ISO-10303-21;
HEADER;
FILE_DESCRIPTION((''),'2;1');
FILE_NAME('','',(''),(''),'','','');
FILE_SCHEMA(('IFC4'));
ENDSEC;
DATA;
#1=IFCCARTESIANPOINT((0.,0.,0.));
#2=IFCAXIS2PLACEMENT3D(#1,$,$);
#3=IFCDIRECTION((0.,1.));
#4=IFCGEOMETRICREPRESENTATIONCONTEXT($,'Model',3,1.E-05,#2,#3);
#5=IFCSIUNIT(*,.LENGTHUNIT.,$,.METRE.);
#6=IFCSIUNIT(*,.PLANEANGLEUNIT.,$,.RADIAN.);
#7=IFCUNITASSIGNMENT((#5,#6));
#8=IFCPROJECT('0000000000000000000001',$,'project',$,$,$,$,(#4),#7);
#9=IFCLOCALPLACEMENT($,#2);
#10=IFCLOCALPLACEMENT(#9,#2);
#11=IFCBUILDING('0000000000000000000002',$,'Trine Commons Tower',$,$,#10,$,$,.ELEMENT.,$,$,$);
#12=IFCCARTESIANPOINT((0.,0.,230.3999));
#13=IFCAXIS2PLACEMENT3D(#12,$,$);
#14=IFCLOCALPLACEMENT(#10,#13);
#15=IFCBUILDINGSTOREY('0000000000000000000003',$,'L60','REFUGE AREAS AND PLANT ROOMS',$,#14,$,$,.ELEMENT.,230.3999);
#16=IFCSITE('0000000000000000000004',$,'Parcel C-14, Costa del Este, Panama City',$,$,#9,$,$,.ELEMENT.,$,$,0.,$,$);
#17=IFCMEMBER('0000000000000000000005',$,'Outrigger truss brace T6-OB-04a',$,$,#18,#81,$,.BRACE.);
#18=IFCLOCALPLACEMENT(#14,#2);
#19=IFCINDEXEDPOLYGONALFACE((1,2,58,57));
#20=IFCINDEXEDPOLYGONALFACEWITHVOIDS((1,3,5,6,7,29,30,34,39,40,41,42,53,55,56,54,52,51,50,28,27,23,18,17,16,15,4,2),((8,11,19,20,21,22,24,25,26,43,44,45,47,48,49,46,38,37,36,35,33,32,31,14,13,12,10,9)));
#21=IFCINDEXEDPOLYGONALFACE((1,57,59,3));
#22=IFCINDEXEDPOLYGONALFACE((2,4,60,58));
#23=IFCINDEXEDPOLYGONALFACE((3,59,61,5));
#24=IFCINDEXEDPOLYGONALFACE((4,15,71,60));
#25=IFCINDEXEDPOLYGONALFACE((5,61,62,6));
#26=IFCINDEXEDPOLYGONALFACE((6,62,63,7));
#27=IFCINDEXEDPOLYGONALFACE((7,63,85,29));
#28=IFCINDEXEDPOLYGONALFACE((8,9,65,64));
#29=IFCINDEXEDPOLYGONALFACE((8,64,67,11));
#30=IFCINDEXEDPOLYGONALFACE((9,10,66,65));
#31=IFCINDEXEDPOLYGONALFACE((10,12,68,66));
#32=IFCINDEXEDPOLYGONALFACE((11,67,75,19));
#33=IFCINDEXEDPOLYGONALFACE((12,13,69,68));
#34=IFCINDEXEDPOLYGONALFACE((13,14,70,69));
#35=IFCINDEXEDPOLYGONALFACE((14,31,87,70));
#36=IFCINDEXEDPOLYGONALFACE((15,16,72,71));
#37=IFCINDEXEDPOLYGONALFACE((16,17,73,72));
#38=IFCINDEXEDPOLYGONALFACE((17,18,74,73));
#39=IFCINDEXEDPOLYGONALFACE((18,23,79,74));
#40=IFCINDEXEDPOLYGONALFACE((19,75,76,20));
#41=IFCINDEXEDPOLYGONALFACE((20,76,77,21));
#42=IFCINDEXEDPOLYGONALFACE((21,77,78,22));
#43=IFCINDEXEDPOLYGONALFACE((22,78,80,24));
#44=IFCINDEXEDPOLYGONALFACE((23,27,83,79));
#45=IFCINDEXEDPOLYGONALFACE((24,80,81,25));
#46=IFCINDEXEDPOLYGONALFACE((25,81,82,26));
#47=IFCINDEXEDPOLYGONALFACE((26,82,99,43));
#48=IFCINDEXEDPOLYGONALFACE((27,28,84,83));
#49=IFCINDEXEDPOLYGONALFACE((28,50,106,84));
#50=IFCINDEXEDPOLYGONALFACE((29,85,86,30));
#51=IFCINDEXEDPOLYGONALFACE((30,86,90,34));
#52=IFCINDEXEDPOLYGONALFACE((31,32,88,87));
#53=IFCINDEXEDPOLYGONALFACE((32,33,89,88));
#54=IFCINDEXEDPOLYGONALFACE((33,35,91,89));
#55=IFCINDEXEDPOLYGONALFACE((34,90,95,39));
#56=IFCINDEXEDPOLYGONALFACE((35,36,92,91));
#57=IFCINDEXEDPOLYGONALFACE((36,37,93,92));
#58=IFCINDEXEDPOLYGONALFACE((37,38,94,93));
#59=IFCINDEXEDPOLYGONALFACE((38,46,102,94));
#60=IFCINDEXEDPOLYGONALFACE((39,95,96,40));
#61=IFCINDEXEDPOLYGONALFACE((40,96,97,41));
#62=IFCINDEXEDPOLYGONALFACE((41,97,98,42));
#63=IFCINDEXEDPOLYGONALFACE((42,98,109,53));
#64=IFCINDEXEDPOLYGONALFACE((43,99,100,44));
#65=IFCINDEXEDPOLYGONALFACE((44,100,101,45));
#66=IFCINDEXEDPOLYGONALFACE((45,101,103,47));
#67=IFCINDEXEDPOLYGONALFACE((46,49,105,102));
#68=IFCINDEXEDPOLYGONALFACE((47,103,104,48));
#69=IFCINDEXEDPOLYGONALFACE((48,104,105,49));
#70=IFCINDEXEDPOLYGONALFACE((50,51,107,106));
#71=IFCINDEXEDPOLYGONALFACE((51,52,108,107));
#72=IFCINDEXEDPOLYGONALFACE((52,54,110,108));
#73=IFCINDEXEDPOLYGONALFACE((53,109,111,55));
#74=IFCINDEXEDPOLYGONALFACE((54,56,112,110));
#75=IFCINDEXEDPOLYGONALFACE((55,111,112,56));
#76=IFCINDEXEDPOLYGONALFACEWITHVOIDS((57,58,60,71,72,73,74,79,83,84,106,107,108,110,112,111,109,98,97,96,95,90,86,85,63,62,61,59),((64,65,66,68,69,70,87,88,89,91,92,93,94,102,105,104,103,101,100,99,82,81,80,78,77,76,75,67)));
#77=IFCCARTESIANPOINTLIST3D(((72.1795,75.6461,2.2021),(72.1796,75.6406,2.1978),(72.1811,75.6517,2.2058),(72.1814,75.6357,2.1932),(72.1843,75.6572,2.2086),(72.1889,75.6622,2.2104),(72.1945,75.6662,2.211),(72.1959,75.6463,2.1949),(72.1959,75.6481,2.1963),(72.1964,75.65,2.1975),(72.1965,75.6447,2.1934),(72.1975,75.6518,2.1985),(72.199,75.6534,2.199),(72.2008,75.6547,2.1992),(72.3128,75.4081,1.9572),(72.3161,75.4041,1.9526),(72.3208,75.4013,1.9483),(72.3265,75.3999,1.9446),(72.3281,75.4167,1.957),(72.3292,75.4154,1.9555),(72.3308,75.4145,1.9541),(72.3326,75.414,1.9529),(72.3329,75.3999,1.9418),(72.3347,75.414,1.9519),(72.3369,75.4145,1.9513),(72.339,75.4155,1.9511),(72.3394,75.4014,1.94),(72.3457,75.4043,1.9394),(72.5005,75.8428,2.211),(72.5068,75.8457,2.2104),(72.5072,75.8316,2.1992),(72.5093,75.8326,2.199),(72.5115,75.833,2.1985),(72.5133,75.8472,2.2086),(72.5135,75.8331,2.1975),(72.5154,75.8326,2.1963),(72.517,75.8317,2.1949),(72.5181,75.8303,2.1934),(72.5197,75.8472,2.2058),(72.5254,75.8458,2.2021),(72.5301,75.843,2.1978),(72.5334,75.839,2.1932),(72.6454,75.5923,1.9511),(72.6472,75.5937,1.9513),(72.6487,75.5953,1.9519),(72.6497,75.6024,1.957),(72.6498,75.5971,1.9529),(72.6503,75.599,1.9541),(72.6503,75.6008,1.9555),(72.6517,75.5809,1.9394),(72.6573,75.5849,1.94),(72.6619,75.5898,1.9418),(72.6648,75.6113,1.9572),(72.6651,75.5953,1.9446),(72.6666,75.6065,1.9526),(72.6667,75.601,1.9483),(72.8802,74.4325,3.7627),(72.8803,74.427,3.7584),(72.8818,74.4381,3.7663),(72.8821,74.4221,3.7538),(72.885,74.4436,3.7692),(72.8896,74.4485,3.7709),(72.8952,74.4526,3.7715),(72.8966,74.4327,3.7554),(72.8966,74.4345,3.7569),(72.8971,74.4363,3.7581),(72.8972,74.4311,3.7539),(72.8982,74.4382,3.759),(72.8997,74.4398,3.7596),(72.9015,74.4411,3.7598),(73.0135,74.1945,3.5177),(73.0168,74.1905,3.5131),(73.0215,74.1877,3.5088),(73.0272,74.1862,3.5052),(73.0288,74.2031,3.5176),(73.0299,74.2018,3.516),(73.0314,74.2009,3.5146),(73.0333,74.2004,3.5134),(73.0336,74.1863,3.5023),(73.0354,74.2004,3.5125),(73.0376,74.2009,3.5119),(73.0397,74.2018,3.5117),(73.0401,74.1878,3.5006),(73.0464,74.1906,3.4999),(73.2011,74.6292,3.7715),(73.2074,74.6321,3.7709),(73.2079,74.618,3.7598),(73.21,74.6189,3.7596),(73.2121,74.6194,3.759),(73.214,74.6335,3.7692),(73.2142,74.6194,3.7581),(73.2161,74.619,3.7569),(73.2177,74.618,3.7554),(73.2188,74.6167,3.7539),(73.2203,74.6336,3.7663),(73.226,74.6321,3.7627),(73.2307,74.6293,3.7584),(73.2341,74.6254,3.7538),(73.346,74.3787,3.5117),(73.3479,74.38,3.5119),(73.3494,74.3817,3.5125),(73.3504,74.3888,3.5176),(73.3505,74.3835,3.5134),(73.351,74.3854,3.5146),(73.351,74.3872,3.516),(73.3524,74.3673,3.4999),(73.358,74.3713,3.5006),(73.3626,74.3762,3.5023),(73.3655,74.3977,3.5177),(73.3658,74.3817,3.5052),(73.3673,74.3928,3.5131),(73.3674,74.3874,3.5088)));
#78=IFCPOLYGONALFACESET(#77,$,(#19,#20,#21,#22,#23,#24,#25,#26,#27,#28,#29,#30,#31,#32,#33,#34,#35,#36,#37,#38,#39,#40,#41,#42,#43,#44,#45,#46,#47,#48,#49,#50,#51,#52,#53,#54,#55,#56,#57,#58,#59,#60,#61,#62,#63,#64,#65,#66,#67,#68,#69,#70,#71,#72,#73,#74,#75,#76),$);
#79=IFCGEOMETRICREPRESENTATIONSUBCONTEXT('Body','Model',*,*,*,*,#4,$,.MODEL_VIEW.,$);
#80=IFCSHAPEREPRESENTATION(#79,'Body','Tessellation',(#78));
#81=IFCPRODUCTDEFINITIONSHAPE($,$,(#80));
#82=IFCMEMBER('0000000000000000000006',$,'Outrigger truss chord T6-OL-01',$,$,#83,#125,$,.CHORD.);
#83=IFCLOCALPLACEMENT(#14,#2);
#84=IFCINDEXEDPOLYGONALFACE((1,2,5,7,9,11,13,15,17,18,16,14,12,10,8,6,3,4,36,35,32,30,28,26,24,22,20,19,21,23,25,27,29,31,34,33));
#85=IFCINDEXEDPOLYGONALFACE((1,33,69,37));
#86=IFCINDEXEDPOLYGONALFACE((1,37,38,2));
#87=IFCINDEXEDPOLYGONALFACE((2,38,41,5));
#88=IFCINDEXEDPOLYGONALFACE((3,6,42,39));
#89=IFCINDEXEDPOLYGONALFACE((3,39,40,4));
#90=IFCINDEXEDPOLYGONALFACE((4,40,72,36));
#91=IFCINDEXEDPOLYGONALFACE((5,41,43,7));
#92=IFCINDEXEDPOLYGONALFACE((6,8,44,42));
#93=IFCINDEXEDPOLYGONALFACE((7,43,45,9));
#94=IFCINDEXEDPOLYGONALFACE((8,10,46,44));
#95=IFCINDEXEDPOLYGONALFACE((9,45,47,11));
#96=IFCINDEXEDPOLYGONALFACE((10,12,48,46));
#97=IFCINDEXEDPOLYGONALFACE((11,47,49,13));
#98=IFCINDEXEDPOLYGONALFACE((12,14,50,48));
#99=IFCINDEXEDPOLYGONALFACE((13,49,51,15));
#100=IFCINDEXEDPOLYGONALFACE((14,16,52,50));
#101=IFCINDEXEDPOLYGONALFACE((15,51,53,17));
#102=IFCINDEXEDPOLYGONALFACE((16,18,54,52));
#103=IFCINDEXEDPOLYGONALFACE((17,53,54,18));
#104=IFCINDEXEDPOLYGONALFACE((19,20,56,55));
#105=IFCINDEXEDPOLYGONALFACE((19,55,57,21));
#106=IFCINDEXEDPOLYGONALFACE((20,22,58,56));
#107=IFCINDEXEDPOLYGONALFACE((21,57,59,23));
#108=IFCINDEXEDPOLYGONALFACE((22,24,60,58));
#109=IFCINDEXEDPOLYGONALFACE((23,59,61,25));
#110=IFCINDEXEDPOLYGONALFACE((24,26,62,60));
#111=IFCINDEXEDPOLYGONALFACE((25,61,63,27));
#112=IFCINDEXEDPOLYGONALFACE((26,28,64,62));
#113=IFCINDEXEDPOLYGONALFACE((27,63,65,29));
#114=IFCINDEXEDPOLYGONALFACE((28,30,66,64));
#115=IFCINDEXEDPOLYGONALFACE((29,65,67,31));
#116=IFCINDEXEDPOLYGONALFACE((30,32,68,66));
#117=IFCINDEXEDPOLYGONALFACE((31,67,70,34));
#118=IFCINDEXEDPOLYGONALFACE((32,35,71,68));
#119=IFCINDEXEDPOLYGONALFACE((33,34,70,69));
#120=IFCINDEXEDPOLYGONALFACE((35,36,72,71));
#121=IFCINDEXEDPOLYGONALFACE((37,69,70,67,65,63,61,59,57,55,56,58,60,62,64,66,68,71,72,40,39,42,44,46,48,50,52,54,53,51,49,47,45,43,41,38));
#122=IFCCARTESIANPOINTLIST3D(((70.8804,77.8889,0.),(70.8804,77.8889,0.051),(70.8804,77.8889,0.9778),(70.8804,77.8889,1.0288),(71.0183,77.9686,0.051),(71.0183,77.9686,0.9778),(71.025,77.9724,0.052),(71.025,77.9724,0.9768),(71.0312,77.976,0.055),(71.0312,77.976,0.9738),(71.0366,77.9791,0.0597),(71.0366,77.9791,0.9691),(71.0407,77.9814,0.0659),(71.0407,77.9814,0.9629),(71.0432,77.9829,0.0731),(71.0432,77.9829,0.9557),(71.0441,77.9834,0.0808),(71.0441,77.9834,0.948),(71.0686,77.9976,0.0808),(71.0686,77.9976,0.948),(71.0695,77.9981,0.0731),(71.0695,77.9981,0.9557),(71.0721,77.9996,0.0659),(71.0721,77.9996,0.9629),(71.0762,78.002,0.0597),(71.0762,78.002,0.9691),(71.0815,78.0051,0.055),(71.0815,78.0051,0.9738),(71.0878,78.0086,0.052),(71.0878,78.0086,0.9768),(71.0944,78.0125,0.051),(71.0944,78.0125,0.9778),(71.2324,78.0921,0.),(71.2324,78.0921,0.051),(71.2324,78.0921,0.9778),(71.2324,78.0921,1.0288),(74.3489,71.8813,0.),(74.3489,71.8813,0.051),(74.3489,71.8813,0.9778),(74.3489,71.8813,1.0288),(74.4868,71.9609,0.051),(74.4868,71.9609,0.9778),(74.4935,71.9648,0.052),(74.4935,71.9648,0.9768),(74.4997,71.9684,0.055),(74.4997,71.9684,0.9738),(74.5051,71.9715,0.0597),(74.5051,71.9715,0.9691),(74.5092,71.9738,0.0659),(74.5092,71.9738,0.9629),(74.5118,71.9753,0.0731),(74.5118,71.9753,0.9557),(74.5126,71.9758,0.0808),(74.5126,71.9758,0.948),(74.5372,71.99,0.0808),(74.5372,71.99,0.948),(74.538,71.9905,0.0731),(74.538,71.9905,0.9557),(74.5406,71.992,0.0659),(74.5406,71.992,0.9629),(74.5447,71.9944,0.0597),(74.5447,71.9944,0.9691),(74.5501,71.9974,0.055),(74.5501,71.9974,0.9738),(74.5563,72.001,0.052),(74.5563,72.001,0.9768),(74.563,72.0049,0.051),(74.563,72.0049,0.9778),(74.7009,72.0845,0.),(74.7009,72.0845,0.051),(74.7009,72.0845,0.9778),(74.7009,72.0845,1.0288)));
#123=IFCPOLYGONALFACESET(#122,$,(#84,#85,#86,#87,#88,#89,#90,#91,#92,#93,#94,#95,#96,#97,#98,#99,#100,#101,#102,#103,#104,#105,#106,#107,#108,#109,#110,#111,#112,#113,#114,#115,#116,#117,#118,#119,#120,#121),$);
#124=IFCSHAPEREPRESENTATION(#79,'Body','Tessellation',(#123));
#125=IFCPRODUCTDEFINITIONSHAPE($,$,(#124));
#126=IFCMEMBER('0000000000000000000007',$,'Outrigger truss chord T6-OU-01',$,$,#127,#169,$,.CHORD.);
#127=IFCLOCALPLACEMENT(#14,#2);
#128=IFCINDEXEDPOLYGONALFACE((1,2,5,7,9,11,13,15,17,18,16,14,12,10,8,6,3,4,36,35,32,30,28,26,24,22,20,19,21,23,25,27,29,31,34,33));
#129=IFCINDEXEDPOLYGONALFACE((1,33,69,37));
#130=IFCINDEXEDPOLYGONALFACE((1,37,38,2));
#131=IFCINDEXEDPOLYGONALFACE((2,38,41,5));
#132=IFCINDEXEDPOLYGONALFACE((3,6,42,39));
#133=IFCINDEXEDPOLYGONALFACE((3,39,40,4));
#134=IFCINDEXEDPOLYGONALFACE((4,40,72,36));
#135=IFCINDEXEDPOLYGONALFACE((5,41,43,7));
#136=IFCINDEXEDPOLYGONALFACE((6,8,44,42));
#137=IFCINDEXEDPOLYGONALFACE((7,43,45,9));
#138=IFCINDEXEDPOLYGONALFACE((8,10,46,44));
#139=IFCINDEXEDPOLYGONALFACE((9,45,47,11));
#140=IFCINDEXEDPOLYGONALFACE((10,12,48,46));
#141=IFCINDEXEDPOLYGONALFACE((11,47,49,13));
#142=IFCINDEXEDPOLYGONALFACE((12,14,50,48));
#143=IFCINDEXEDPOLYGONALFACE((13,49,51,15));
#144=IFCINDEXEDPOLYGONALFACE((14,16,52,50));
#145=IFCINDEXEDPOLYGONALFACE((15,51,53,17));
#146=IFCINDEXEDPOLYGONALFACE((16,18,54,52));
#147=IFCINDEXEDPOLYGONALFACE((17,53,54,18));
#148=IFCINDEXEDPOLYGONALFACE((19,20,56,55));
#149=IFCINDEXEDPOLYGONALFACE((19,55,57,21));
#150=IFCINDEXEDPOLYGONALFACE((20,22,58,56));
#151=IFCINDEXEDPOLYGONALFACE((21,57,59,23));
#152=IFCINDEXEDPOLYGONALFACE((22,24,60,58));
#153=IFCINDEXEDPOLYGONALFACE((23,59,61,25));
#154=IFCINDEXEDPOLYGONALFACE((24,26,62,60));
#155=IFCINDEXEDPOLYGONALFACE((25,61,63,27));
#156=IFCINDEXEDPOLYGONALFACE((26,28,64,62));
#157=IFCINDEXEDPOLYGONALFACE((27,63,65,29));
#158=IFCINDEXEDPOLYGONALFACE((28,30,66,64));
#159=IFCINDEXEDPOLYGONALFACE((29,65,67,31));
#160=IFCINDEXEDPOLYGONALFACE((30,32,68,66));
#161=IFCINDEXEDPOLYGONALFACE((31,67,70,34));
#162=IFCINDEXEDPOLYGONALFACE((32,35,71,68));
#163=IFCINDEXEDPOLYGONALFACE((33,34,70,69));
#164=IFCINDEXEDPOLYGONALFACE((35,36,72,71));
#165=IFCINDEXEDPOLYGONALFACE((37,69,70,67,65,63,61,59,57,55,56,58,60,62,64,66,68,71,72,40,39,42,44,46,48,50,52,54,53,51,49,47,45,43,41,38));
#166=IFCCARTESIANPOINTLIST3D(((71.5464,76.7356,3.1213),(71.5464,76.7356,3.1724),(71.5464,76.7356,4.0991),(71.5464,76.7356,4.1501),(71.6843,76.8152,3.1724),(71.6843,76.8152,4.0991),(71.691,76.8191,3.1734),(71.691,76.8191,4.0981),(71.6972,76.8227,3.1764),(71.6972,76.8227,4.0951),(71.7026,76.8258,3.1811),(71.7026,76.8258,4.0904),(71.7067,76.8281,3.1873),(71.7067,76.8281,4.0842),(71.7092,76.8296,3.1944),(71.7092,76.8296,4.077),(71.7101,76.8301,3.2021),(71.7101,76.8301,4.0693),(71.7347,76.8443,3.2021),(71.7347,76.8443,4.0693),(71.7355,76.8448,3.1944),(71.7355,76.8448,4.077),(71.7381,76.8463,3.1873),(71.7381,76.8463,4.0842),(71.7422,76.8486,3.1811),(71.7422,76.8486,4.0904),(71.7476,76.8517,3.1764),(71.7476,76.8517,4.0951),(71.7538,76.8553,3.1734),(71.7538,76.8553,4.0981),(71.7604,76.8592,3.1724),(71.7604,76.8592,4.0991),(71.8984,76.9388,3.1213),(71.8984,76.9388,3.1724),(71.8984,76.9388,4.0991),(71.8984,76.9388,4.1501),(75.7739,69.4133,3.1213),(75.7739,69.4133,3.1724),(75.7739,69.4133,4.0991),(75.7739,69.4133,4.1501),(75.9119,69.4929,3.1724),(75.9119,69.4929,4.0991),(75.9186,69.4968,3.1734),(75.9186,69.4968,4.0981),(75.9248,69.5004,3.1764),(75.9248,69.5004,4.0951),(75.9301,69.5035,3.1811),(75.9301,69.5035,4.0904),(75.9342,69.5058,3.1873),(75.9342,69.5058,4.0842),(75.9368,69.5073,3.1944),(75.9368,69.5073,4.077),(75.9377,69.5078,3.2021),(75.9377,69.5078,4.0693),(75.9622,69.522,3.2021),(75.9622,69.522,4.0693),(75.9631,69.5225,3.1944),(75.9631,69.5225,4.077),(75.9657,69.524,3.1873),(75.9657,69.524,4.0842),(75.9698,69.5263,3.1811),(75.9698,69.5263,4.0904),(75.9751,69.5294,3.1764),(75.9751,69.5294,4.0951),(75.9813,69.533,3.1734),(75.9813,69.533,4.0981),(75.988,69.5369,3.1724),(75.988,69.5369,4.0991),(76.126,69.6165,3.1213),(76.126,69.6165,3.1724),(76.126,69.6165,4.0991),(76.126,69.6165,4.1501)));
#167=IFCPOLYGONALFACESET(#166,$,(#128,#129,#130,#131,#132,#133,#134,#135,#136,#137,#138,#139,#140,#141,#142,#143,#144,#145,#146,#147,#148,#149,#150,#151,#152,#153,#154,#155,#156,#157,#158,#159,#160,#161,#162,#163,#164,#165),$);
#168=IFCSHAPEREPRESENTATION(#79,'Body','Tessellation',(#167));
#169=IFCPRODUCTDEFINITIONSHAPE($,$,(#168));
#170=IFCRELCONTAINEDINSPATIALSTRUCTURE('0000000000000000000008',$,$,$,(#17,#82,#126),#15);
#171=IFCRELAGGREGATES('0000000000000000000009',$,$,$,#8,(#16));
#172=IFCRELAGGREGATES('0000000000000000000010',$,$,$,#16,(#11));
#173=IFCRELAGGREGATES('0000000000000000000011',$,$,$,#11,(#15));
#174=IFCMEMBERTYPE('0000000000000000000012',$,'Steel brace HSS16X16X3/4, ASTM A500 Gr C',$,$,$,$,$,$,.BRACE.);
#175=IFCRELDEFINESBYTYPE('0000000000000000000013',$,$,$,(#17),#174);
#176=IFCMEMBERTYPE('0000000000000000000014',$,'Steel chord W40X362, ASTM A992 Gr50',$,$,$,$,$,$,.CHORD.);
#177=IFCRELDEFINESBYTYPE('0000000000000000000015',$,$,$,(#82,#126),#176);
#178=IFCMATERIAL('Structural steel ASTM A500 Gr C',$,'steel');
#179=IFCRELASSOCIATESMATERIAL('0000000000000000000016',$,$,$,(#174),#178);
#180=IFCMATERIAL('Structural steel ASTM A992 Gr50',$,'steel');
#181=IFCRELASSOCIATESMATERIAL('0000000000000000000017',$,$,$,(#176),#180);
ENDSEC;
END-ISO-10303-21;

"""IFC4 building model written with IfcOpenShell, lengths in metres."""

from ifc_helpers import new_model, si_unit, direction, frame, origin, origin_2d, place, context, subcontext, project, spatial, hollow_rectangle, i_section, extrude, material, material_profile, profile_set, type_object, element, save


model = new_model("IFC4")

# Units and contexts
model_context = context("Model", 3, precision=1e-05, world=origin(), true_north=direction((0.0, 1.0)))
body_context = subcontext(model_context, "Body", "Model", "MODEL_VIEW")
ifc_project = project(units=[si_unit("LENGTHUNIT", "METRE"), si_unit("PLANEANGLEUNIT", "RADIAN")], contexts=[model_context])

# Site, building, storey
site_placement = place(None, origin())
site = spatial("IfcSite", under=ifc_project, at=site_placement, Name="Parcel C-14, Costa del Este, Panama City", CompositionType="ELEMENT", RefElevation=0.0)
building_placement = place(site_placement, origin())
building = spatial("IfcBuilding", under=site, at=building_placement, Name="Trine Commons Tower", CompositionType="ELEMENT")
storey_placement = place(building_placement, frame((0.0, 0.0, 230.3999)))
storey = spatial("IfcBuildingStorey", under=building, at=storey_placement, Name="L60", Description="REFUGE AREAS AND PLANT ROOMS", CompositionType="ELEMENT", Elevation=230.3999)

# Members
ifc_material_1 = material(Name="Structural steel ASTM A500 Gr C", Category="steel")
ifc_material_profile_1 = material_profile(ifc_material_1, hollow_rectangle(XDim=0.4065, YDim=0.4065, WallThickness=0.0176, InnerFilletRadius=0.0088, OuterFilletRadius=0.0266, at=origin_2d()), Name="HSS16X16X3/4")
ifc_profile_set_1 = profile_set([ifc_material_profile_1], Name="Structural steel ASTM A500 Gr C")
member_type_1 = type_object("IfcMemberType", Name="Steel brace HSS16X16X3/4, ASTM A500 Gr C", PredefinedType="BRACE", material=ifc_profile_set_1)
member_1_placement = place(storey_placement, frame((73.1238, 74.4099, 3.6357), z_axis=(-0.33407, 0.578628, -0.744034), x_axis=(-0.866026, -0.499999, 0.0)))
element("IfcMember", 1, at=member_1_placement, inside=storey, type_object=member_type_1, Name="Outrigger truss brace T6-OB-04a", PredefinedType="BRACE", context=body_context, shape_type="SweptSolid", body=[
    extrude(hollow_rectangle(XDim=0.4065, YDim=0.4065, WallThickness=0.0176, InnerFilletRadius=0.0088, OuterFilletRadius=0.0266, at=origin_2d()), origin(), (0.0, 0.0, 1.0), 2.0974),
])
ifc_material_2 = material(Name="Structural steel ASTM A992 Gr50", Category="steel")
ifc_material_profile_2 = material_profile(ifc_material_2, i_section(OverallWidth=0.4065, OverallDepth=1.0288, WebThickness=0.0283, FlangeThickness=0.051, FilletRadius=0.0298, at=origin_2d()), Name="W40X362")
ifc_profile_set_2 = profile_set([ifc_material_profile_2], Name="Structural steel ASTM A992 Gr50")
member_type_2 = type_object("IfcMemberType", Name="Steel chord W40X362, ASTM A992 Gr50", PredefinedType="CHORD", material=ifc_profile_set_2)
member_2_placement = place(storey_placement, frame((74.5249, 71.9829, 0.5144), z_axis=(-0.500004, 0.866023, 0.0), x_axis=(-0.866023, -0.500004, 0.0)))
element("IfcMember", 2, at=member_2_placement, inside=storey, type_object=member_type_2, Name="Outrigger truss chord T6-OL-01", PredefinedType="CHORD", context=body_context, shape_type="SweptSolid", body=[
    extrude(i_section(OverallWidth=0.4065, OverallDepth=1.0288, WebThickness=0.0283, FlangeThickness=0.051, FilletRadius=0.0298, at=origin_2d()), origin(), (0.0, 0.0, 1.0), 6.937),
])
member_3_placement = place(storey_placement, frame((75.95, 69.5149, 3.6357), z_axis=(-0.500002, 0.866024, 0.0), x_axis=(-0.866024, -0.500002, 0.0)))
element("IfcMember", 3, at=member_3_placement, inside=storey, type_object=member_type_2, Name="Outrigger truss chord T6-OU-01", PredefinedType="CHORD", context=body_context, shape_type="SweptSolid", body=[
    extrude(i_section(OverallWidth=0.4065, OverallDepth=1.0288, WebThickness=0.0283, FlangeThickness=0.051, FilletRadius=0.0298, at=origin_2d()), origin(), (0.0, 0.0, 1.0), 8.4551),
])

save(model, "model.ifc")
